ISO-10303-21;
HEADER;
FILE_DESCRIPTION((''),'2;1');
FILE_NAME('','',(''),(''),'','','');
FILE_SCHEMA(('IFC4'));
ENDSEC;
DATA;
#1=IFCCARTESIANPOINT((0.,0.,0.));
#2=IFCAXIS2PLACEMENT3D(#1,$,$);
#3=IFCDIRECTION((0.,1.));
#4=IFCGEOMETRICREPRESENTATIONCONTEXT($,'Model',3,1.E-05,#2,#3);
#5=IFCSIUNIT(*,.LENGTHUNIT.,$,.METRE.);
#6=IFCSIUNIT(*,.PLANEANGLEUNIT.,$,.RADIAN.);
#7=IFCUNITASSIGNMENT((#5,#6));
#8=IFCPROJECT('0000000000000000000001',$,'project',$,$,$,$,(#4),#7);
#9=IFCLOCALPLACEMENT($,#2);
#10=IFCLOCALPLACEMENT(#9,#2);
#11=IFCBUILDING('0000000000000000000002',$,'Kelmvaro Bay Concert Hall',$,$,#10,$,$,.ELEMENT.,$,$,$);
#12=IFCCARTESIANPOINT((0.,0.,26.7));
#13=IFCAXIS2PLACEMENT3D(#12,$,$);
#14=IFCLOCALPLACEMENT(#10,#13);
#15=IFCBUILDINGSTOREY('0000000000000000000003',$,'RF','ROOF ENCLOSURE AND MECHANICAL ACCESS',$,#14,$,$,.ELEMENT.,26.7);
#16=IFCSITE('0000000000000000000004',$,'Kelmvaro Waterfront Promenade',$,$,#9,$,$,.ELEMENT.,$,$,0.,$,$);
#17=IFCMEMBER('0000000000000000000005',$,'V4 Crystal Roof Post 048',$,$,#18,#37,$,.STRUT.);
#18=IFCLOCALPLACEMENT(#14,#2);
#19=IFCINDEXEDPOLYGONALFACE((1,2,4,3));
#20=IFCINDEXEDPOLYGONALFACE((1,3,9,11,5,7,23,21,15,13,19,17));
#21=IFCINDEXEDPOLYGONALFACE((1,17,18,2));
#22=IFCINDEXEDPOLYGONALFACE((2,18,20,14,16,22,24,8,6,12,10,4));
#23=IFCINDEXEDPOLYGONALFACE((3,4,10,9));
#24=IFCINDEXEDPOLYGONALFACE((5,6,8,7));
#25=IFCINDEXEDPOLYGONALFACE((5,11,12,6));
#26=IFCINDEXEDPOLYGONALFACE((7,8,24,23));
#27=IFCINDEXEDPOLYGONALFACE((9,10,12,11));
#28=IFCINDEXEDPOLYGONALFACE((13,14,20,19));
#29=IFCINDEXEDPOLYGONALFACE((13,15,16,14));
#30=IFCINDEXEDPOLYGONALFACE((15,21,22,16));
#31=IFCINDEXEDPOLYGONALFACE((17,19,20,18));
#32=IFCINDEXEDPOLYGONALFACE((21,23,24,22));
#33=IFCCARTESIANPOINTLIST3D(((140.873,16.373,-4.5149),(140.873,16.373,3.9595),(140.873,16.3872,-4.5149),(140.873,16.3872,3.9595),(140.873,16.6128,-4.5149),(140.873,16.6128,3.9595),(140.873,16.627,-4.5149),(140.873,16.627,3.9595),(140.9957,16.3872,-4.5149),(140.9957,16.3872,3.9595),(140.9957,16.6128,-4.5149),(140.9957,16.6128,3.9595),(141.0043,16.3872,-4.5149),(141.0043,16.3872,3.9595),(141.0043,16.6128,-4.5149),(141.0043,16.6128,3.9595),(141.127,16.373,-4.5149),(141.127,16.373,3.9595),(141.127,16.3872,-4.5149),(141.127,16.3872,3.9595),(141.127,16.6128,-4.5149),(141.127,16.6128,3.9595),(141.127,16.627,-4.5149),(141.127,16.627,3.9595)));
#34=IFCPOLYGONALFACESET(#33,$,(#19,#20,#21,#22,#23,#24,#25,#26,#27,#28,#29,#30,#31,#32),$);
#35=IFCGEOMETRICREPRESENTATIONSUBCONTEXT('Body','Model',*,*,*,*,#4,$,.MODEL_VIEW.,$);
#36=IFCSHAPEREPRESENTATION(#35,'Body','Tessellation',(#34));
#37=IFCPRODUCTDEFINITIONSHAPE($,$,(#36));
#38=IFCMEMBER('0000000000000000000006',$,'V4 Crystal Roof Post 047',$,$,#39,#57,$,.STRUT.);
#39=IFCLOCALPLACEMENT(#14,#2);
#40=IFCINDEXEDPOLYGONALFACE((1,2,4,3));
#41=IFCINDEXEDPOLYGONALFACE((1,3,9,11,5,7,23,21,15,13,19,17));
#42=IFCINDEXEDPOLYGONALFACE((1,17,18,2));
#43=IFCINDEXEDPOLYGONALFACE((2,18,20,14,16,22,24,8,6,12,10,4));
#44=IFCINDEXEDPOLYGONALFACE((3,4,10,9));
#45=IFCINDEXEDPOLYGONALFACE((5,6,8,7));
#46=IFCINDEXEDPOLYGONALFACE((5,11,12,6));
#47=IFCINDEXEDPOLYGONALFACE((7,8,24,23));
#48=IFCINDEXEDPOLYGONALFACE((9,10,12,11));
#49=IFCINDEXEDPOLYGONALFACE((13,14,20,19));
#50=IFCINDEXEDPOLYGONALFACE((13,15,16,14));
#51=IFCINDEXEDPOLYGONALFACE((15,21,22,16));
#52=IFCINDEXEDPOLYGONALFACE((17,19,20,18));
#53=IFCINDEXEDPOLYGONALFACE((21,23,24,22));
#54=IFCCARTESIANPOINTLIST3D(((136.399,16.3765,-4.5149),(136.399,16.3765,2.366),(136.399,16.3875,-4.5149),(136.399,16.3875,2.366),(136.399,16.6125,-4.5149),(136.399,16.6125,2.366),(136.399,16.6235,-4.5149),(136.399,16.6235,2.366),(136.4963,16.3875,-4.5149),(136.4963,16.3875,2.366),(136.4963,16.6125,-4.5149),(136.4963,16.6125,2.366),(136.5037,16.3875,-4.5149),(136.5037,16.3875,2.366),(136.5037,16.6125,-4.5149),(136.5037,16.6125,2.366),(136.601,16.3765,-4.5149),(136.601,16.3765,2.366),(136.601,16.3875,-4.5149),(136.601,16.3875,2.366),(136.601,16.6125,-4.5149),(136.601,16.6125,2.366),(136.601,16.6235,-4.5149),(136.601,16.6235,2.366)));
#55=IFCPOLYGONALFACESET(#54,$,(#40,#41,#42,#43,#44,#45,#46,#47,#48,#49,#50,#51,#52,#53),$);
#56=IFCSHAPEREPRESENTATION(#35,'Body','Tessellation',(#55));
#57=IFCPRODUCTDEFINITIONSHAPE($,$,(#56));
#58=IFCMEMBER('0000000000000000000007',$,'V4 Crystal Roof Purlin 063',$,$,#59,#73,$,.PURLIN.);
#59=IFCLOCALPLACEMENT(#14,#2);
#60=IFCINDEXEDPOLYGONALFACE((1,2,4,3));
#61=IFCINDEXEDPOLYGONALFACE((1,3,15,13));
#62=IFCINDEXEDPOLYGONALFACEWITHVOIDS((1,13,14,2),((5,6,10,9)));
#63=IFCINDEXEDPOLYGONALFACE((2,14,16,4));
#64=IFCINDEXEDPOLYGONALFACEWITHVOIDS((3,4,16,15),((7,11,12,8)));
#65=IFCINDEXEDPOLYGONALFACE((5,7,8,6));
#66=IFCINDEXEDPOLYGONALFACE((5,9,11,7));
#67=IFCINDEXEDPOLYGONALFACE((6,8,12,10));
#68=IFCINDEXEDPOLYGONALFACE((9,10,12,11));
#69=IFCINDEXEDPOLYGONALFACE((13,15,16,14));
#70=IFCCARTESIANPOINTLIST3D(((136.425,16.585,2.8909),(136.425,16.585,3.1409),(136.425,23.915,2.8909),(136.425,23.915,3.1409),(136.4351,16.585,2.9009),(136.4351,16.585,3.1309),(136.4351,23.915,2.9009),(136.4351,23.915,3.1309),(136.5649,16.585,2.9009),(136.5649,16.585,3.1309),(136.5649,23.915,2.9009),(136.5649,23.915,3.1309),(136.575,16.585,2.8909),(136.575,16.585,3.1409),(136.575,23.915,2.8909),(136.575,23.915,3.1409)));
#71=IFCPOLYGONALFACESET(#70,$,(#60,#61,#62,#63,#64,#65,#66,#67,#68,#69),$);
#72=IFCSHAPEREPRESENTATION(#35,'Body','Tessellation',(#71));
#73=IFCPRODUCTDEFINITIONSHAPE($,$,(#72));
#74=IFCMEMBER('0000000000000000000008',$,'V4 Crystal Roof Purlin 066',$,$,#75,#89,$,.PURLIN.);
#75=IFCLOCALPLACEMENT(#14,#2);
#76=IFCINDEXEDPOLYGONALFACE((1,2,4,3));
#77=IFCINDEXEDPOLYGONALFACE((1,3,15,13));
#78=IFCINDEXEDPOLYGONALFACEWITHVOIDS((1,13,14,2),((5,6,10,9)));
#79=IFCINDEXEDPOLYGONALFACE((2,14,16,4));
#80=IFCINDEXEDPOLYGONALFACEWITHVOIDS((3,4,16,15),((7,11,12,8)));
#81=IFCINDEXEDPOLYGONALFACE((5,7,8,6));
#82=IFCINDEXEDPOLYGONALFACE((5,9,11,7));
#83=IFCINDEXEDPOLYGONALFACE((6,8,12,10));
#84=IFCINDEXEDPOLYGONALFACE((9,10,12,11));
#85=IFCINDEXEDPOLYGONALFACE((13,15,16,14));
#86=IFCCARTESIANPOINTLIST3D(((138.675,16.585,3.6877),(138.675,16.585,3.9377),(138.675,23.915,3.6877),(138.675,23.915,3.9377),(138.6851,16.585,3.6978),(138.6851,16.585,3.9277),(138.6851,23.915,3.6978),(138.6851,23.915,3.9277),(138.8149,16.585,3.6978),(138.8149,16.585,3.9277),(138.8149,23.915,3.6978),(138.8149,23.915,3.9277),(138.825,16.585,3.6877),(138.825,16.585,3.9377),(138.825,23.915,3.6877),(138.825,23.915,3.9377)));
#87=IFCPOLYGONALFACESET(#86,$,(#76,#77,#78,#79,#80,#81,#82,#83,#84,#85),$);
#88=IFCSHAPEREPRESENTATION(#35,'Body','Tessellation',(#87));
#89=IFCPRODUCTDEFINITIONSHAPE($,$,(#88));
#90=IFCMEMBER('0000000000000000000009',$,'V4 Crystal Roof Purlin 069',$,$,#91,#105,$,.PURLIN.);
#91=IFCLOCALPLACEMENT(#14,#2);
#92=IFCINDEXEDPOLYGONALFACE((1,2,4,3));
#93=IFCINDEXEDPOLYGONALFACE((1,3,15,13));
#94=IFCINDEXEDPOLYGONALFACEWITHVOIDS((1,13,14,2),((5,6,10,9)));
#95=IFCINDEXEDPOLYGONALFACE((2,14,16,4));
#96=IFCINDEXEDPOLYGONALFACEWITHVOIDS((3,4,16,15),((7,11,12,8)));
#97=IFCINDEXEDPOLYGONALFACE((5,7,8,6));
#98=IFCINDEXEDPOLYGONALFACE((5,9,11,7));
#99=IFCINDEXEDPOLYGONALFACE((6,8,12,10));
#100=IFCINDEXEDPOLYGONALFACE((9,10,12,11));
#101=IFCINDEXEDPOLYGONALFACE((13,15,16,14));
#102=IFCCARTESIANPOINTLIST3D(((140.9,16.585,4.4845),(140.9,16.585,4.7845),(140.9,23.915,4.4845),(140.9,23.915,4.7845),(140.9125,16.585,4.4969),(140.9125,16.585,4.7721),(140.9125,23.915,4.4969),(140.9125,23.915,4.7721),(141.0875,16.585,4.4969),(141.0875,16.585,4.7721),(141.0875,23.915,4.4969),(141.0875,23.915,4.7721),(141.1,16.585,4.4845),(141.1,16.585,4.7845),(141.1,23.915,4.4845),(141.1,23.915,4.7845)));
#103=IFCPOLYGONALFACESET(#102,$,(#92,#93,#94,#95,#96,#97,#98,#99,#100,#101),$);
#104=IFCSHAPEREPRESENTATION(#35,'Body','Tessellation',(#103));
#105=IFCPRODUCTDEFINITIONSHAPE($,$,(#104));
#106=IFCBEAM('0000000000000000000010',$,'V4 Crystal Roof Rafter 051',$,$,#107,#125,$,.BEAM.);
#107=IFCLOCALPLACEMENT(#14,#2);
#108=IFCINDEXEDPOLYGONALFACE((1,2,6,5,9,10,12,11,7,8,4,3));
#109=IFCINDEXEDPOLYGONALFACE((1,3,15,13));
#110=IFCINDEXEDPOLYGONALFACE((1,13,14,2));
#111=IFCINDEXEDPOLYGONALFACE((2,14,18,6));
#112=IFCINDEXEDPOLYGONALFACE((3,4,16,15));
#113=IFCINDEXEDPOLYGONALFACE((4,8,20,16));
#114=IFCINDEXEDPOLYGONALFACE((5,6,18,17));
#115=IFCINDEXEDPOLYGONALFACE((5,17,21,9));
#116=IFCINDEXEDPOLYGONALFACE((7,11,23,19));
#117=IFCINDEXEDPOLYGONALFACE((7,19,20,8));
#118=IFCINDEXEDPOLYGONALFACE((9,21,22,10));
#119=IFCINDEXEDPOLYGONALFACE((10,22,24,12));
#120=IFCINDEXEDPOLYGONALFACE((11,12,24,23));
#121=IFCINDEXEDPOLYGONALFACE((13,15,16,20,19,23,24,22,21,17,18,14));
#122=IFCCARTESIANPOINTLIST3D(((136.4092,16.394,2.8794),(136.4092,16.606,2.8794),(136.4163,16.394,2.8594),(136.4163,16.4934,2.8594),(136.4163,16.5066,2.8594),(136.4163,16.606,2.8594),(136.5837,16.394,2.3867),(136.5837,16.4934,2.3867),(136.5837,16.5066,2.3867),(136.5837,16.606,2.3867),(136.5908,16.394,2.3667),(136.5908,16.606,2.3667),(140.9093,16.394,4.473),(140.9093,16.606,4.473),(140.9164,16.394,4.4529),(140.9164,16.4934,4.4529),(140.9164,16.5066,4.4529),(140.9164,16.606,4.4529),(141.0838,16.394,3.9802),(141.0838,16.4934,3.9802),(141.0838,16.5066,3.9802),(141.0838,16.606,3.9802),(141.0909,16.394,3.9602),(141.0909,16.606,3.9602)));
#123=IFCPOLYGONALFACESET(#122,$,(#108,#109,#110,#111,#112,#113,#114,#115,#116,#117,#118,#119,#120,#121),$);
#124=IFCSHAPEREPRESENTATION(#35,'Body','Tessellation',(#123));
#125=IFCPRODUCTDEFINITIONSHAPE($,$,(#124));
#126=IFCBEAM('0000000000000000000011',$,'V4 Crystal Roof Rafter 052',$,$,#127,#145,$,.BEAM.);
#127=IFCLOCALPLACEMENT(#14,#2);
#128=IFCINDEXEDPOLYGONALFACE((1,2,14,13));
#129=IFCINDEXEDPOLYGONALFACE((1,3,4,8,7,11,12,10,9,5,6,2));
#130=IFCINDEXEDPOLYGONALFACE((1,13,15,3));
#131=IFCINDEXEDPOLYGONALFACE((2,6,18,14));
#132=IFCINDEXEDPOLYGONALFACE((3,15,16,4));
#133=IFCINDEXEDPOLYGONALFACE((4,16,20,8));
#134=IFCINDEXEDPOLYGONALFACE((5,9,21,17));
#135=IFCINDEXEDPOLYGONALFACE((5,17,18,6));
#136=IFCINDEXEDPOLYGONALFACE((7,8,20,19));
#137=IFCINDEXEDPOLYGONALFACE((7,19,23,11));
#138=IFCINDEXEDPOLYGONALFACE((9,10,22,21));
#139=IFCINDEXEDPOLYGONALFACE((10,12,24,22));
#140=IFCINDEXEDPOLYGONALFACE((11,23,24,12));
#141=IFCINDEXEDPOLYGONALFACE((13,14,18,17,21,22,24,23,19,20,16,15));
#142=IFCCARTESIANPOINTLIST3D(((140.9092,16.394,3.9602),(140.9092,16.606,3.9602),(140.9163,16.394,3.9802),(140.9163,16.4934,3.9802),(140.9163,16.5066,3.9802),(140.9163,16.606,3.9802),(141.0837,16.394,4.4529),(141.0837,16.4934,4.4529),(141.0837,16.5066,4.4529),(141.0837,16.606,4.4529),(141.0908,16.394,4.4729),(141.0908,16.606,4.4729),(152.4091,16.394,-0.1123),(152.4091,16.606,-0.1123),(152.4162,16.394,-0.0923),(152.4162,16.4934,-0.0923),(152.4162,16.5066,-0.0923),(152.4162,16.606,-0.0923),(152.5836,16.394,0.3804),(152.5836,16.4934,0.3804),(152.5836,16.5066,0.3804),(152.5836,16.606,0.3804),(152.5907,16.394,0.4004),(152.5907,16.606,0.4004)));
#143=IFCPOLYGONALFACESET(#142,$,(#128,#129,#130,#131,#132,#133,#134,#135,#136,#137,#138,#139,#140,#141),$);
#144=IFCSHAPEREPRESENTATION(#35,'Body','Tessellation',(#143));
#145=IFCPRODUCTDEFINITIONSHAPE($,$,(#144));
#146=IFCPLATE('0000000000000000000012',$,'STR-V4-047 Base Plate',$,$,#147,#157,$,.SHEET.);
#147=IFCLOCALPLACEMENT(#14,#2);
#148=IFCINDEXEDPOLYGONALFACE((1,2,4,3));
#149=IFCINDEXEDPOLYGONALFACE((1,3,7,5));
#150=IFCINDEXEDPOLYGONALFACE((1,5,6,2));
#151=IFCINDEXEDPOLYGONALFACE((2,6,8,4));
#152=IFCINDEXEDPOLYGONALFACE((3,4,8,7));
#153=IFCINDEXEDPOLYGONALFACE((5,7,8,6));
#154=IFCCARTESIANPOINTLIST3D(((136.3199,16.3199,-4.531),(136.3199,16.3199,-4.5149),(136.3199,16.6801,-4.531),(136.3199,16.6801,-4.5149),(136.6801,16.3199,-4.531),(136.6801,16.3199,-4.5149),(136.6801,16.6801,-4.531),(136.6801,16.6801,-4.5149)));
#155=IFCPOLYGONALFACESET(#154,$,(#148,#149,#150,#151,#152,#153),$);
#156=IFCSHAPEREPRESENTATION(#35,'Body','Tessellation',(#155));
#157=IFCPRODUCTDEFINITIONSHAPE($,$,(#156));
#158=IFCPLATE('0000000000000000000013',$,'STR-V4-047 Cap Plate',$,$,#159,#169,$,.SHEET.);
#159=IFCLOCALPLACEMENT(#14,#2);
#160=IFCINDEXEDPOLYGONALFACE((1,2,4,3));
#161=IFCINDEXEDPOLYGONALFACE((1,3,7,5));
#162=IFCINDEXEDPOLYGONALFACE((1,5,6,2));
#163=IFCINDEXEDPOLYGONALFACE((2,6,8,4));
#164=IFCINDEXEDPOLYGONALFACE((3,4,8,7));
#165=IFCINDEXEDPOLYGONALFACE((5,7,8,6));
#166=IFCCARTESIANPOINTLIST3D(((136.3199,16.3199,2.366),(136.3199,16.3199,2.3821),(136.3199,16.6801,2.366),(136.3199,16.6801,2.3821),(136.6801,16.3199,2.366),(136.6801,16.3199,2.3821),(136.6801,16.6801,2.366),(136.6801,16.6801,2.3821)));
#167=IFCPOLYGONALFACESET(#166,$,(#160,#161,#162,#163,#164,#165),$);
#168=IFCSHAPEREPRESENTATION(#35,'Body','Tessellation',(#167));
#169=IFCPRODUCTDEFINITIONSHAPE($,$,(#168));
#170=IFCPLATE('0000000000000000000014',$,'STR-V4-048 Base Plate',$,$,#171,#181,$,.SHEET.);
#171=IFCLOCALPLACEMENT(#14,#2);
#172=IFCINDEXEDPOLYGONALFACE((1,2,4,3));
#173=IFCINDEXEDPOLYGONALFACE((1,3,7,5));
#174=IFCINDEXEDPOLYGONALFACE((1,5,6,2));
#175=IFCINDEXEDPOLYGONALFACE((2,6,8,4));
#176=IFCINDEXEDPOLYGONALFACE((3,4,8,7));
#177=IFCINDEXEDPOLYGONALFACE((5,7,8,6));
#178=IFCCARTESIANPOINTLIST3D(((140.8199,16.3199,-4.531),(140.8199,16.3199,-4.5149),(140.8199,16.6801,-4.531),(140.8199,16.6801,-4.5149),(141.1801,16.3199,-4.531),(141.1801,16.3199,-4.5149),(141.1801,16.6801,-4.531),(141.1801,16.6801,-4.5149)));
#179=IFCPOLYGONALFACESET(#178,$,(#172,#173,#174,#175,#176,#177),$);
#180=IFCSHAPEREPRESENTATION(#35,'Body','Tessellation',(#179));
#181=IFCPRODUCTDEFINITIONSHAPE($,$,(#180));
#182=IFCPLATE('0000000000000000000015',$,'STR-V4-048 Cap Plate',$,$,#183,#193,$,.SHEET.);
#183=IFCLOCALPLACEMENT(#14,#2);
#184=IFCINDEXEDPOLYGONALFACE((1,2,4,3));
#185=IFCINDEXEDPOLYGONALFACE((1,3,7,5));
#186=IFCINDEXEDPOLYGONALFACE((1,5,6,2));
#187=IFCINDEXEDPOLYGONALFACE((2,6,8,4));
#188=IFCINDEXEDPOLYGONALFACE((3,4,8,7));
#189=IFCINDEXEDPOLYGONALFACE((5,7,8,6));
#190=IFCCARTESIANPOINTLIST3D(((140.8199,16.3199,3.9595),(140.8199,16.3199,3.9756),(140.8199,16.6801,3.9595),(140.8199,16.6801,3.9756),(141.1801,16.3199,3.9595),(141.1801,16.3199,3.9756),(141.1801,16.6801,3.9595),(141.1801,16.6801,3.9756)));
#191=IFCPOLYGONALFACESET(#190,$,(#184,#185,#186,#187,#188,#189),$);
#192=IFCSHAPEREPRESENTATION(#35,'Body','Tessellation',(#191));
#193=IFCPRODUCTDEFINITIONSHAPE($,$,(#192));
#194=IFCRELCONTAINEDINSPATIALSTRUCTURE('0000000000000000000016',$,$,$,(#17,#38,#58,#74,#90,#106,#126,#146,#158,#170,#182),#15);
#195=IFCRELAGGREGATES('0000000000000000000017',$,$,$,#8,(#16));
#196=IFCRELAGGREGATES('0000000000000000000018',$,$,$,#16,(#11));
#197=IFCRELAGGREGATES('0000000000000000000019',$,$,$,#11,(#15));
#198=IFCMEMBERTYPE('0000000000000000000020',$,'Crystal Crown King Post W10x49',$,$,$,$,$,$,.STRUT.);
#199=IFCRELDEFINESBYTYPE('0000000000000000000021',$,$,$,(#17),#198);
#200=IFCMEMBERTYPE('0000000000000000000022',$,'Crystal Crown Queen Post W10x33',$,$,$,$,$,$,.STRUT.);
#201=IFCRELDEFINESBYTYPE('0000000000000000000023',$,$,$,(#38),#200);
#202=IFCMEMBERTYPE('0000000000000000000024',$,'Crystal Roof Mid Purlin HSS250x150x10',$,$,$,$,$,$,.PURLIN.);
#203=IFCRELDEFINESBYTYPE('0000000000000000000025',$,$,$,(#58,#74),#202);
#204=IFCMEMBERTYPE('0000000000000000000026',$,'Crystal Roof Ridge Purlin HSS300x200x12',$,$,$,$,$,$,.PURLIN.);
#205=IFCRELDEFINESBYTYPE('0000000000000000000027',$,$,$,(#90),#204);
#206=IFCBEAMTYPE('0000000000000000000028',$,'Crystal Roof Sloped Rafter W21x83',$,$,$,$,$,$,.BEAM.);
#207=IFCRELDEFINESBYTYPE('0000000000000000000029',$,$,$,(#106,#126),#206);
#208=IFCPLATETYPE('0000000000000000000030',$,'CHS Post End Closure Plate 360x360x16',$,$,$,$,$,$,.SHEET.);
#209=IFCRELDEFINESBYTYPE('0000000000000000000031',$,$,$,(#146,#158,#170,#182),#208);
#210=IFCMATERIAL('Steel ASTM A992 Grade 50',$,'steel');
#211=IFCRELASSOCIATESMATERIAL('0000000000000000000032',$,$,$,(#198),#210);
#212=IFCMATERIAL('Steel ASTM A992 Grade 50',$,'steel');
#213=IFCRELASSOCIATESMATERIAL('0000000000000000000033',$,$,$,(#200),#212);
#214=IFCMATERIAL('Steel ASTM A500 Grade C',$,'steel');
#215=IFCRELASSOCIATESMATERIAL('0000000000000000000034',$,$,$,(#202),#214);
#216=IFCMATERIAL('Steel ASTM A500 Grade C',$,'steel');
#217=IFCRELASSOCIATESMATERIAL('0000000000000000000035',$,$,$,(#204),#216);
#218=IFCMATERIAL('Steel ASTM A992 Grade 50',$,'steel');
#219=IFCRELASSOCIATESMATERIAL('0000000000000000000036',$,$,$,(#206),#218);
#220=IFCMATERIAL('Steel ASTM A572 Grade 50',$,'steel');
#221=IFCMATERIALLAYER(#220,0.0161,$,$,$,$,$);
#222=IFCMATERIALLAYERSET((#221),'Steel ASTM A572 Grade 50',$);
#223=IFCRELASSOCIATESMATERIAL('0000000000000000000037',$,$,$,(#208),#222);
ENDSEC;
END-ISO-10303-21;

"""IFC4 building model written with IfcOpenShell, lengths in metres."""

from ifc_helpers import new_model, si_unit, direction, frame, origin, origin_2d, place, context, subcontext, project, spatial, rectangle, hollow_rectangle, i_section, extrude, material, layer, layer_set, material_profile, profile_set, type_object, element, save


model = new_model("IFC4")

# Units and contexts
model_context = context("Model", 3, precision=1e-05, world=origin(), true_north=direction((0.0, 1.0)))
body_context = subcontext(model_context, "Body", "Model", "MODEL_VIEW")
ifc_project = project(units=[si_unit("LENGTHUNIT", "METRE"), si_unit("PLANEANGLEUNIT", "RADIAN")], contexts=[model_context])

# Site, building, storey
site_placement = place(None, origin())
site = spatial("IfcSite", under=ifc_project, at=site_placement, Name="Kelmvaro Waterfront Promenade", CompositionType="ELEMENT", RefElevation=0.0)
building_placement = place(site_placement, origin())
building = spatial("IfcBuilding", under=site, at=building_placement, Name="Kelmvaro Bay Concert Hall", CompositionType="ELEMENT")
storey_placement = place(building_placement, frame((0.0, 0.0, 26.7)))
storey = spatial("IfcBuildingStorey", under=building, at=storey_placement, Name="RF", Description="ROOF ENCLOSURE AND MECHANICAL ACCESS", CompositionType="ELEMENT", Elevation=26.7)

# Members
ifc_material_1 = material(Name="Steel ASTM A992 Grade 50", Category="steel")
ifc_material_profile_1 = material_profile(ifc_material_1, i_section(OverallWidth=0.2539, OverallDepth=0.2539, WebThickness=0.0085, FlangeThickness=0.0142, at=origin_2d()), Name="W10X49")
ifc_profile_set_1 = profile_set([ifc_material_profile_1], Name="Steel ASTM A992 Grade 50")
member_type_1 = type_object("IfcMemberType", Name="Crystal Crown King Post W10x49", PredefinedType="STRUT", material=ifc_profile_set_1)
member_1_placement = place(storey_placement, frame((141.0, 16.5, -4.5149), z_axis=(0.0, 0.0, 1.0), x_axis=(1.0, 0.0, 0.0)))
element("IfcMember", 1, at=member_1_placement, inside=storey, type_object=member_type_1, Name="V4 Crystal Roof Post 048", PredefinedType="STRUT", context=body_context, shape_type="SweptSolid", body=[
    extrude(i_section(OverallWidth=0.2539, OverallDepth=0.2539, WebThickness=0.0085, FlangeThickness=0.0142, at=origin_2d()), origin(), (0.0, 0.0, 1.0), 8.4744),
])
ifc_material_2 = material(Name="Steel ASTM A992 Grade 50", Category="steel")
ifc_material_profile_2 = material_profile(ifc_material_2, i_section(OverallWidth=0.2019, OverallDepth=0.2471, WebThickness=0.0073, FlangeThickness=0.011, at=origin_2d()), Name="W10X33")
ifc_profile_set_2 = profile_set([ifc_material_profile_2], Name="Steel ASTM A992 Grade 50")
member_type_2 = type_object("IfcMemberType", Name="Crystal Crown Queen Post W10x33", PredefinedType="STRUT", material=ifc_profile_set_2)
member_2_placement = place(storey_placement, frame((136.5, 16.5, -4.5149), z_axis=(0.0, 0.0, 1.0), x_axis=(1.0, 0.0, 0.0)))
element("IfcMember", 2, at=member_2_placement, inside=storey, type_object=member_type_2, Name="V4 Crystal Roof Post 047", PredefinedType="STRUT", context=body_context, shape_type="SweptSolid", body=[
    extrude(i_section(OverallWidth=0.2019, OverallDepth=0.2471, WebThickness=0.0073, FlangeThickness=0.011, at=origin_2d()), origin(), (0.0, 0.0, 1.0), 6.8809),
])
ifc_material_3 = material(Name="Steel ASTM A500 Grade C", Category="steel")
ifc_material_profile_3 = material_profile(ifc_material_3, hollow_rectangle(XDim=0.1499, YDim=0.25, WallThickness=0.01, at=origin_2d()), Name="HSS250X150X10")
ifc_profile_set_3 = profile_set([ifc_material_profile_3], Name="Steel ASTM A500 Grade C")
member_type_3 = type_object("IfcMemberType", Name="Crystal Roof Mid Purlin HSS250x150x10", PredefinedType="PURLIN", material=ifc_profile_set_3)
for number, where, z_axis, x_axis, name in (
    (3, (136.5, 16.585, 3.0159), (0.0, 1.0, 0.0), (-1.0, 0.0, 0.0), "V4 Crystal Roof Purlin 063"),
    (4, (138.75, 16.585, 3.8127), (0.0, 1.0, 0.0), (-1.0, 0.0, 0.0), "V4 Crystal Roof Purlin 066"),
):
    element("IfcMember", number, at=place(storey_placement, frame(where, z_axis=z_axis, x_axis=x_axis)), inside=storey, type_object=member_type_3, Name=name, PredefinedType="PURLIN", context=body_context, shape_type="SweptSolid", body=[
        extrude(hollow_rectangle(XDim=0.1499, YDim=0.25, WallThickness=0.01, at=origin_2d()), origin(), (0.0, 0.0, 1.0), 7.3301),
    ])
ifc_material_4 = material(Name="Steel ASTM A500 Grade C", Category="steel")
ifc_material_profile_4 = material_profile(ifc_material_4, hollow_rectangle(XDim=0.2, YDim=0.3, WallThickness=0.0125, at=origin_2d()), Name="HSS300X200X12")
ifc_profile_set_4 = profile_set([ifc_material_profile_4], Name="Steel ASTM A500 Grade C")
member_type_4 = type_object("IfcMemberType", Name="Crystal Roof Ridge Purlin HSS300x200x12", PredefinedType="PURLIN", material=ifc_profile_set_4)
member_3_placement = place(storey_placement, frame((141.0, 16.585, 4.6345), z_axis=(0.0, 1.0, 0.0), x_axis=(-1.0, 0.0, 0.0)))
element("IfcMember", 5, at=member_3_placement, inside=storey, type_object=member_type_4, Name="V4 Crystal Roof Purlin 069", PredefinedType="PURLIN", context=body_context, shape_type="SweptSolid", body=[
    extrude(hollow_rectangle(XDim=0.2, YDim=0.3, WallThickness=0.0125, at=origin_2d()), origin(), (0.0, 0.0, 1.0), 7.3301),
])

# Beams
ifc_material_5 = material(Name="Steel ASTM A992 Grade 50", Category="steel")
ifc_material_profile_5 = material_profile(ifc_material_5, i_section(OverallWidth=0.2119, OverallDepth=0.5439, WebThickness=0.0132, FlangeThickness=0.0212, at=origin_2d()), Name="W21X83")
ifc_profile_set_5 = profile_set([ifc_material_profile_5], Name="Steel ASTM A992 Grade 50")
beam_type = type_object("IfcBeamType", Name="Crystal Roof Sloped Rafter W21x83", PredefinedType="BEAM", material=ifc_profile_set_5)
beam_1_placement = place(storey_placement, frame((136.5, 16.5, 2.623), z_axis=(0.942643, 0.0, 0.333802), x_axis=(0.0, 1.0, 0.0)))
element("IfcBeam", 6, at=beam_1_placement, inside=storey, type_object=beam_type, Name="V4 Crystal Roof Rafter 051", PredefinedType="BEAM", context=body_context, shape_type="SweptSolid", body=[
    extrude(i_section(OverallWidth=0.2119, OverallDepth=0.5439, WebThickness=0.0132, FlangeThickness=0.0212, at=origin_2d()), origin(), (0.0, 0.0, 1.0), 4.7739),
])
beam_2_placement = place(storey_placement, frame((141.0, 16.5, 4.2166), z_axis=(0.942638, 0.0, -0.333818), x_axis=(0.0, 1.0, 0.0)))
element("IfcBeam", 7, at=beam_2_placement, inside=storey, type_object=beam_type, Name="V4 Crystal Roof Rafter 052", PredefinedType="BEAM", context=body_context, shape_type="SweptSolid", body=[
    extrude(i_section(OverallWidth=0.2119, OverallDepth=0.5439, WebThickness=0.0132, FlangeThickness=0.0212, at=origin_2d()), origin(), (0.0, 0.0, 1.0), 12.1997),
])

# Plates
ifc_material_6 = material(Name="Steel ASTM A572 Grade 50", Category="steel")
ifc_layer_1 = layer(ifc_material_6, 0.0161)
ifc_layer_set_1 = layer_set([ifc_layer_1], Name="Steel ASTM A572 Grade 50")
plate_type_1 = type_object("IfcPlateType", Name="CHS Post End Closure Plate 360x360x16", PredefinedType="SHEET", material=ifc_layer_set_1)
for number, where, z_axis, x_axis, name in (
    (8, (136.5, 16.5, -4.531), (0.0, 0.0, 1.0), (1.0, 0.0, 0.0), "STR-V4-047 Base Plate"),
    (9, (136.5, 16.5, 2.366), (0.0, 0.0, 1.0), (1.0, 0.0, 0.0), "STR-V4-047 Cap Plate"),
    (10, (141.0, 16.5, -4.531), (0.0, 0.0, 1.0), (1.0, 0.0, 0.0), "STR-V4-048 Base Plate"),
    (11, (141.0, 16.5, 3.9595), (0.0, 0.0, 1.0), (1.0, 0.0, 0.0), "STR-V4-048 Cap Plate"),
):
    element("IfcPlate", number, at=place(storey_placement, frame(where, z_axis=z_axis, x_axis=x_axis)), inside=storey, type_object=plate_type_1, Name=name, PredefinedType="SHEET", context=body_context, shape_type="SweptSolid", body=[
        extrude(rectangle(XDim=0.3601, YDim=0.3601, at=origin_2d()), origin(), (0.0, 0.0, 1.0), 0.0161),
    ])

save(model, "model.ifc")
